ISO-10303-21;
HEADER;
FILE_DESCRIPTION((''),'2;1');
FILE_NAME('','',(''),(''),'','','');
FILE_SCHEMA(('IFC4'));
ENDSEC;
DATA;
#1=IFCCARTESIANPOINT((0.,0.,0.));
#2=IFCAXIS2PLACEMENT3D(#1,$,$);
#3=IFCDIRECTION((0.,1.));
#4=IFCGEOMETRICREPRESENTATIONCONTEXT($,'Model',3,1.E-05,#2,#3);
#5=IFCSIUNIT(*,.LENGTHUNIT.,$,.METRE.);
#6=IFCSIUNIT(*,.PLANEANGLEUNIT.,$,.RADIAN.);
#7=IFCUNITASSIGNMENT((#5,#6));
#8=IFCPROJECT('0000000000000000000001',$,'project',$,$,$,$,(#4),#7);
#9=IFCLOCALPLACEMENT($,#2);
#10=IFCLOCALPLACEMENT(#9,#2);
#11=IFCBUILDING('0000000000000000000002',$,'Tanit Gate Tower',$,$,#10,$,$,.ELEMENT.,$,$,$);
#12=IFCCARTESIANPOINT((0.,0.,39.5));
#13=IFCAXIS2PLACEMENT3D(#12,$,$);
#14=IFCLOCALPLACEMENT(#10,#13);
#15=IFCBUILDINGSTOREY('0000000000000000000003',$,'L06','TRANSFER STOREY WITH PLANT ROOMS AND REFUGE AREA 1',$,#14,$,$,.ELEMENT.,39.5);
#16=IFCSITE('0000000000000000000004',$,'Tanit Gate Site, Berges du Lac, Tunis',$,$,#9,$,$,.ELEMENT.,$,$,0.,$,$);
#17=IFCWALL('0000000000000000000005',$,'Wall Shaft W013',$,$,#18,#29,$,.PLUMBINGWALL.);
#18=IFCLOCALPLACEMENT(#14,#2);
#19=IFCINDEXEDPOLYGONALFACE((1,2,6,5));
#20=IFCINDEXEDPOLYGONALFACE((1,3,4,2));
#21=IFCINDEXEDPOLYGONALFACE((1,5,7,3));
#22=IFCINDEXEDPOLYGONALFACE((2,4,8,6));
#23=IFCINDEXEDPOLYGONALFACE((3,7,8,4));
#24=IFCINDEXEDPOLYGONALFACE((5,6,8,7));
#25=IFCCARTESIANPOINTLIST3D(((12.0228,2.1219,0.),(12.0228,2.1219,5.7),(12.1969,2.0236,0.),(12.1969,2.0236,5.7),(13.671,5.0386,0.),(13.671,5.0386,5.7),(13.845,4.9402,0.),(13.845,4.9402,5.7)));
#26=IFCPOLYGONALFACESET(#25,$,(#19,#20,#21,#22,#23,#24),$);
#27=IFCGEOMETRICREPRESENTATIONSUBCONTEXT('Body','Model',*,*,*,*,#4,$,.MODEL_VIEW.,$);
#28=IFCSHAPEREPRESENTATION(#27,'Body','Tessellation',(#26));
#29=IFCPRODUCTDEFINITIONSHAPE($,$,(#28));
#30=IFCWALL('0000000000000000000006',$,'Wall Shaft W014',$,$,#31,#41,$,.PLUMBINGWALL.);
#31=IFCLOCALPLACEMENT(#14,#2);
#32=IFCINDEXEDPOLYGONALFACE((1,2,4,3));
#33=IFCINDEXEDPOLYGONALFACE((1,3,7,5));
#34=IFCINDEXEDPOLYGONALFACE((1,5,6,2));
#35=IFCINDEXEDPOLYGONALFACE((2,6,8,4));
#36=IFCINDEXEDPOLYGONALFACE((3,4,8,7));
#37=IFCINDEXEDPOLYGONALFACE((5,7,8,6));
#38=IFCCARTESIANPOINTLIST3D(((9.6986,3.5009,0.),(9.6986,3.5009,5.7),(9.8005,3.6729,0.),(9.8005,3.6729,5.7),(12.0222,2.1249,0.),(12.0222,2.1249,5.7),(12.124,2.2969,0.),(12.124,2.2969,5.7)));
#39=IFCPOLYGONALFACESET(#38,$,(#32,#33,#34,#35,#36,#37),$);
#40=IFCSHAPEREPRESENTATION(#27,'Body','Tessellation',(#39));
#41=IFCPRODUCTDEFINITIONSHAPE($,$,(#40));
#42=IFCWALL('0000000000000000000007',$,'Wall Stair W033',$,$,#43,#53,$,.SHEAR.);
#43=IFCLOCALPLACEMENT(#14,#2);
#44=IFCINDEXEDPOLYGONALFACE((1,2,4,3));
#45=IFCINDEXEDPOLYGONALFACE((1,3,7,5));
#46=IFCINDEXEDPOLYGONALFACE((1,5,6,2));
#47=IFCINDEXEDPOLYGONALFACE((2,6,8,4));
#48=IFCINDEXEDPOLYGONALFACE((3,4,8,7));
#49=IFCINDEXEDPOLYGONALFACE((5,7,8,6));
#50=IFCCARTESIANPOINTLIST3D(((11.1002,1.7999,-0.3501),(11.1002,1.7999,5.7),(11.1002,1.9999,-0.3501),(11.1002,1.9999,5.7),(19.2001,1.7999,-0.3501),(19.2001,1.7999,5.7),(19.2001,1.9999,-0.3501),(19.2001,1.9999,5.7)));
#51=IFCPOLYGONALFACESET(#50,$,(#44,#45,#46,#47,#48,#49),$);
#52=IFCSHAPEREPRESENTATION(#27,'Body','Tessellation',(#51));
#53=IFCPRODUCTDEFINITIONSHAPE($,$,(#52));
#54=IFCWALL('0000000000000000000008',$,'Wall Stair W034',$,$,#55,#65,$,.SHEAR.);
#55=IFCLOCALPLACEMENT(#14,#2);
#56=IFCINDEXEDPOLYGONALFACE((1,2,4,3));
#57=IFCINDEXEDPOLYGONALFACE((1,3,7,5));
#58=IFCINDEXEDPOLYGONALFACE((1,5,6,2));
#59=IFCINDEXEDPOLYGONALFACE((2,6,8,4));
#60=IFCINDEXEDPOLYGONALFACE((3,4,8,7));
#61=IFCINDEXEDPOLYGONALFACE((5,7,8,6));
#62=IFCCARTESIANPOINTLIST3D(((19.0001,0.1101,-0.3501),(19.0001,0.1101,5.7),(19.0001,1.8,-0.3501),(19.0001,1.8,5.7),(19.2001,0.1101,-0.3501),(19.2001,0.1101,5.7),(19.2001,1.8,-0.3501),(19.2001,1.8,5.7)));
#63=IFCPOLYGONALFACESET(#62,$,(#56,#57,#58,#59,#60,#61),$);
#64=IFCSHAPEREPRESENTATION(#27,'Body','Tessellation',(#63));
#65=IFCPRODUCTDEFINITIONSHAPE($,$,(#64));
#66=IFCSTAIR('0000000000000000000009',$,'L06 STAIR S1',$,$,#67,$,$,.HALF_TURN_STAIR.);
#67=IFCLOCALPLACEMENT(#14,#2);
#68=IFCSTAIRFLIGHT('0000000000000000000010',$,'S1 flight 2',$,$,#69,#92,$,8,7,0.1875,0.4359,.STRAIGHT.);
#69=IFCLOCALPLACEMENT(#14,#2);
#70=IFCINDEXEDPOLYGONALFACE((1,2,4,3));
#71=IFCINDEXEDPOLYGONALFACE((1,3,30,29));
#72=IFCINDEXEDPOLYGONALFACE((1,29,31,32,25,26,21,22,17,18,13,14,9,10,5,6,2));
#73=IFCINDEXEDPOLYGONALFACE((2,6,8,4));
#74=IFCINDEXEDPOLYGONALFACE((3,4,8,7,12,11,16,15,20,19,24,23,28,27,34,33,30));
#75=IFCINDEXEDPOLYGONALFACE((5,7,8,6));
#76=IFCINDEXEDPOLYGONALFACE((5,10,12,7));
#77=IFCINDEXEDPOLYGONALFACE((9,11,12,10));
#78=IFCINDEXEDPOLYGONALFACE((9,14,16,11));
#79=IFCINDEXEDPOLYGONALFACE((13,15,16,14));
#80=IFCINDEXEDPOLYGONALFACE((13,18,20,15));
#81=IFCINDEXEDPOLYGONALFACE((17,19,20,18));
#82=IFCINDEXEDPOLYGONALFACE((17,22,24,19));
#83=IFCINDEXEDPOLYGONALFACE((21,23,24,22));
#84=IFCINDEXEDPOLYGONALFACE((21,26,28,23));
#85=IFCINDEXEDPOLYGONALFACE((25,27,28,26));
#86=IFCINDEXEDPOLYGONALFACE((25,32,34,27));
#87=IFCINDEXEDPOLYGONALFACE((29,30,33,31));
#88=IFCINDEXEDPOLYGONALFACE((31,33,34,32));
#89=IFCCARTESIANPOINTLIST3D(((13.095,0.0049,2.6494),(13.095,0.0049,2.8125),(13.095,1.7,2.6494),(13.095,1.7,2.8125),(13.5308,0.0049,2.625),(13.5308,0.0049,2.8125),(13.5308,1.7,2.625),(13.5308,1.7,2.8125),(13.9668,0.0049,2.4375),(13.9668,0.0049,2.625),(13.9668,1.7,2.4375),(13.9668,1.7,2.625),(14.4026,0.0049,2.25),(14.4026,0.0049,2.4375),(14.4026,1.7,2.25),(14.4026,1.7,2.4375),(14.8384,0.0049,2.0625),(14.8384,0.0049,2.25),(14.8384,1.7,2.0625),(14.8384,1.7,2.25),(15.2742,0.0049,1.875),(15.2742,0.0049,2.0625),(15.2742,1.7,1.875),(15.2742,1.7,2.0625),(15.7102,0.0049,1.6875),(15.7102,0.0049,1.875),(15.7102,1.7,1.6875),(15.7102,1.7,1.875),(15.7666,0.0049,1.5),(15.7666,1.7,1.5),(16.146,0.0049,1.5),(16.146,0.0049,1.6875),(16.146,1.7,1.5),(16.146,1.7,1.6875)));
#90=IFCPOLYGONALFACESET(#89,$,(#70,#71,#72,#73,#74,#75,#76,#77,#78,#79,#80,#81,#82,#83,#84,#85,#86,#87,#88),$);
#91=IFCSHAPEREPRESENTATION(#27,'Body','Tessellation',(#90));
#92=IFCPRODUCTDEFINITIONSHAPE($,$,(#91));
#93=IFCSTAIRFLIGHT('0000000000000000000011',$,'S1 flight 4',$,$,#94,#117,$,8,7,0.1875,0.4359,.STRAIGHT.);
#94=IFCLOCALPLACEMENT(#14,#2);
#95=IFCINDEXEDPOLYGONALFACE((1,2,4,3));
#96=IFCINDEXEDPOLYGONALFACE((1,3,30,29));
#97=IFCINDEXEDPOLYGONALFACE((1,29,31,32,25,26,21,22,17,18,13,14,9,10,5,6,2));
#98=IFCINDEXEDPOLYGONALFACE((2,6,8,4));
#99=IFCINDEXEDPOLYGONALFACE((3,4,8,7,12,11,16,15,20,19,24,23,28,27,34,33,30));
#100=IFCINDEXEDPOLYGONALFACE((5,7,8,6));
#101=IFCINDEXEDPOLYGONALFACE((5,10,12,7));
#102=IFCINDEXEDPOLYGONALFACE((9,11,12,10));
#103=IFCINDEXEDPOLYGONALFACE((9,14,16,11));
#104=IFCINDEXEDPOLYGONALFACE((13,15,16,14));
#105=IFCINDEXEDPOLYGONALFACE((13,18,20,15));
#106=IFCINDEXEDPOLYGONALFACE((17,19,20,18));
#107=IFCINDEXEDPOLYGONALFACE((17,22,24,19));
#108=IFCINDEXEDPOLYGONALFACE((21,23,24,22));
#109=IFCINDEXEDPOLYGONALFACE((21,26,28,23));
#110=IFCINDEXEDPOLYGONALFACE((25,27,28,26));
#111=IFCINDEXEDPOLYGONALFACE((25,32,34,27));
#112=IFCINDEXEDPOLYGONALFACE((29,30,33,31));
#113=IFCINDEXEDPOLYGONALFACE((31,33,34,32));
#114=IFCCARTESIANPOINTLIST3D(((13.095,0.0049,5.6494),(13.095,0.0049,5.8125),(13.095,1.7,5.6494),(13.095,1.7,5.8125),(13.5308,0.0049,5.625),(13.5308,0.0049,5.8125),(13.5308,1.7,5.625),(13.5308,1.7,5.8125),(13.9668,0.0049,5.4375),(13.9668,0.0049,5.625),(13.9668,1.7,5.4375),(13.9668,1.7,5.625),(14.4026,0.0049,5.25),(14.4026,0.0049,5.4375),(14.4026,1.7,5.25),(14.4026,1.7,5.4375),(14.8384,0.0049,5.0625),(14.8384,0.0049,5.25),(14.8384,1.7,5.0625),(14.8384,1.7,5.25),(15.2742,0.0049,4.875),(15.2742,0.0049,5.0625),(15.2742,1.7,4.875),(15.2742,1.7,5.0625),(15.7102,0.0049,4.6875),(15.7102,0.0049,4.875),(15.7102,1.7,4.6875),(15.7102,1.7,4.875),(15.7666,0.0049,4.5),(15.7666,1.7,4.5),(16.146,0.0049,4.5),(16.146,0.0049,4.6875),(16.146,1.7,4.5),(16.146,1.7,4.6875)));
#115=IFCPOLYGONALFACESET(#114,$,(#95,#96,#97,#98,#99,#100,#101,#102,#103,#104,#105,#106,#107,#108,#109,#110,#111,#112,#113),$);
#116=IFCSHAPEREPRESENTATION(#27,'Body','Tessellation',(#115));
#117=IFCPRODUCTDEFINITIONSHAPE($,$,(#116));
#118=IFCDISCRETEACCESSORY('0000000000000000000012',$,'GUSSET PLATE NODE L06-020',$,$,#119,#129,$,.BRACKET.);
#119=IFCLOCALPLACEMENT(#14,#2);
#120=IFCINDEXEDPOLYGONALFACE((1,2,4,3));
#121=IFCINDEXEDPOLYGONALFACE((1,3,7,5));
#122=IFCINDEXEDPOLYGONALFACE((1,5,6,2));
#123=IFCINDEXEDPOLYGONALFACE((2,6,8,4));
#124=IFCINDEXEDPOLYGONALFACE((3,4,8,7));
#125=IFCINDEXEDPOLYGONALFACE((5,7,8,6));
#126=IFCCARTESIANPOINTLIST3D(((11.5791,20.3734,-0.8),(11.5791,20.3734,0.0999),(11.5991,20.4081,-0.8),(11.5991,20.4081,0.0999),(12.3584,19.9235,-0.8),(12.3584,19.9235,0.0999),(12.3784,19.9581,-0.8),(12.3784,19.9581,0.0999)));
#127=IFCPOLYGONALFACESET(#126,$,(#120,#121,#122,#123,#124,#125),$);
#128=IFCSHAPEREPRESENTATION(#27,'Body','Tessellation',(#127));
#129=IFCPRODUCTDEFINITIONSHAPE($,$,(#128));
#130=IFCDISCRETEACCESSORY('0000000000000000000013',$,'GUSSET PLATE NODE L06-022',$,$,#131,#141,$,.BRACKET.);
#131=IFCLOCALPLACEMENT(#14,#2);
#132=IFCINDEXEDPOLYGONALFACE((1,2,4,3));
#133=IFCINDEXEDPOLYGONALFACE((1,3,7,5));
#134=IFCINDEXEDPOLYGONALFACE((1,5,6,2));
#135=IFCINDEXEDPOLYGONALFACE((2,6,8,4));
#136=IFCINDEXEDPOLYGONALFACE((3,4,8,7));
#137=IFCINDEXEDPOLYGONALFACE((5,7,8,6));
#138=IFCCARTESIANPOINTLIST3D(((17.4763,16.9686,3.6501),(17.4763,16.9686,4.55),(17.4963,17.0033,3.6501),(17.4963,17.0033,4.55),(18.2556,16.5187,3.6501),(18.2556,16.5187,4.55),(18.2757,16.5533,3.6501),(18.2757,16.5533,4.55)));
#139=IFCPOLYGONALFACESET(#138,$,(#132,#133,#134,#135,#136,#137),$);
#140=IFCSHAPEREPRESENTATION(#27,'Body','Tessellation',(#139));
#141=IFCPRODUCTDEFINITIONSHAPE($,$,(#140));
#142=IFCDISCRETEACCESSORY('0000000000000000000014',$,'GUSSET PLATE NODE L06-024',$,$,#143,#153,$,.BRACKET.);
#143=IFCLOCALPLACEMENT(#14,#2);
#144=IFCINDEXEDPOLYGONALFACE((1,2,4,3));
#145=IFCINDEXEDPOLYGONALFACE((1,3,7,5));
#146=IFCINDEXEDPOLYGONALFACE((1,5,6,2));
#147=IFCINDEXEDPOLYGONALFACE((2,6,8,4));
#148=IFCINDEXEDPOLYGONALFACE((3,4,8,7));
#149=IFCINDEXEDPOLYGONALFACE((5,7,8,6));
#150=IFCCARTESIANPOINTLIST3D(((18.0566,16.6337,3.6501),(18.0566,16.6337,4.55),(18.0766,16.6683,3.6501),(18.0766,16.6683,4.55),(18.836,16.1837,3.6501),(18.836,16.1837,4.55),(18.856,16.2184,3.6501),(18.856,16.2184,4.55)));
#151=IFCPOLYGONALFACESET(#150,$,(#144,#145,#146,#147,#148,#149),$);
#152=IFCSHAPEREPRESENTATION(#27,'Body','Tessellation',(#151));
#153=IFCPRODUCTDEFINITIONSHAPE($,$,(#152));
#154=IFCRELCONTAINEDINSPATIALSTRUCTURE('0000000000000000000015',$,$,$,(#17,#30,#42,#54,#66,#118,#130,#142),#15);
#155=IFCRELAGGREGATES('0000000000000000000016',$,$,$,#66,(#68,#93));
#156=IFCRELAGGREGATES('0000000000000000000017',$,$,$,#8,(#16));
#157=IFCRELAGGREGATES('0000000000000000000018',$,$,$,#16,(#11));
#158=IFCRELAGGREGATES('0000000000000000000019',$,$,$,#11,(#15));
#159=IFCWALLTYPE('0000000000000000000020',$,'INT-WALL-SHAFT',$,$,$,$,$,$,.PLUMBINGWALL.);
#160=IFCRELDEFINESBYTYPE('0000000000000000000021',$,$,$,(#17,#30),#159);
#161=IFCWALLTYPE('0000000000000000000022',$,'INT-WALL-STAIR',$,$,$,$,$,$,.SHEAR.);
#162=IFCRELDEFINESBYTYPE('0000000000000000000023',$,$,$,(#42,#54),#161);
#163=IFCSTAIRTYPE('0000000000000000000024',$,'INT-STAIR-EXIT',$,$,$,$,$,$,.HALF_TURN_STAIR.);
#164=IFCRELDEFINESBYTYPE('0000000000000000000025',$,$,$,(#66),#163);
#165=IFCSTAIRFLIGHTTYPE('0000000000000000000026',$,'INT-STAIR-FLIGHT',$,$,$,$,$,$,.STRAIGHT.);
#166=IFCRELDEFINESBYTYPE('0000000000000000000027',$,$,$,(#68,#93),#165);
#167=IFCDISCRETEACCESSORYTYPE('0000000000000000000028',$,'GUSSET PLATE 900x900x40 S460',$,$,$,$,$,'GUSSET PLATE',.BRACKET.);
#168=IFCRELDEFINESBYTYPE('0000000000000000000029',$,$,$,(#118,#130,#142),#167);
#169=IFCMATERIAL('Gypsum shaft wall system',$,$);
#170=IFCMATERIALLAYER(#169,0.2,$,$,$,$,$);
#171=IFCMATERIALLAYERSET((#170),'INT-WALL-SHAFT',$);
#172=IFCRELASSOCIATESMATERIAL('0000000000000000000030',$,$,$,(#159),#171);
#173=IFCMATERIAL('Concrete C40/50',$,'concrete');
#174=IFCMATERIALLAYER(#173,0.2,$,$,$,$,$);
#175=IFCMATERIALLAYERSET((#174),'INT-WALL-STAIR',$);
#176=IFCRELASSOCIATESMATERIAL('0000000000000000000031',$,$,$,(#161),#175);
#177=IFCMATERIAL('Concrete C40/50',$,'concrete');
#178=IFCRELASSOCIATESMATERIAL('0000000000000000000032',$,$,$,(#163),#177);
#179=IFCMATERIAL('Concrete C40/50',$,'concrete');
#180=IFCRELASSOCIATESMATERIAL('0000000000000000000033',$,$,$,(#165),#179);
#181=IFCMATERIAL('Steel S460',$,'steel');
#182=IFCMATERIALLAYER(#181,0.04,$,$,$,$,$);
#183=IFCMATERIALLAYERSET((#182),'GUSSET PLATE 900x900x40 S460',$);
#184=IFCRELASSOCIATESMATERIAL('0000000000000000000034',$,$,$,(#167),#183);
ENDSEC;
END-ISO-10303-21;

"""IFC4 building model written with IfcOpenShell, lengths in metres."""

from ifc_helpers import new_model, si_unit, direction, frame, frame_2d, origin, origin_2d, place, context, subcontext, project, spatial, polyline, rectangle, outline, extrude, material, layer, layer_set, type_object, element, aggregate, save


model = new_model("IFC4")

# Units and contexts
model_context = context("Model", 3, precision=1e-05, world=origin(), true_north=direction((0.0, 1.0)))
body_context = subcontext(model_context, "Body", "Model", "MODEL_VIEW")
ifc_project = project(units=[si_unit("LENGTHUNIT", "METRE"), si_unit("PLANEANGLEUNIT", "RADIAN")], contexts=[model_context])

# Site, building, storey
site_placement = place(None, origin())
site = spatial("IfcSite", under=ifc_project, at=site_placement, Name="Tanit Gate Site, Berges du Lac, Tunis", CompositionType="ELEMENT", RefElevation=0.0)
building_placement = place(site_placement, origin())
building = spatial("IfcBuilding", under=site, at=building_placement, Name="Tanit Gate Tower", CompositionType="ELEMENT")
storey_placement = place(building_placement, frame((0.0, 0.0, 39.5)))
storey = spatial("IfcBuildingStorey", under=building, at=storey_placement, Name="L06", Description="TRANSFER STOREY WITH PLANT ROOMS AND REFUGE AREA 1", CompositionType="ELEMENT", Elevation=39.5)

# Walls
ifc_material_1 = material(Name="Gypsum shaft wall system")
ifc_layer_1 = layer(ifc_material_1, 0.2)
ifc_layer_set_1 = layer_set([ifc_layer_1], Name="INT-WALL-SHAFT")
wall_type_1 = type_object("IfcWallType", Name="INT-WALL-SHAFT", PredefinedType="PLUMBINGWALL", material=ifc_layer_set_1)
wall_1_placement = place(storey_placement, frame((12.1099, 2.0728, 0.0), z_axis=(0.0, 0.0, 1.0), x_axis=(0.491966, 0.870614, 0.0)))
element("IfcWall", 1, at=wall_1_placement, inside=storey, type_object=wall_type_1, Name="Wall Shaft W013", PredefinedType="PLUMBINGWALL", context=body_context, shape_type="SweptSolid", body=[
    extrude(rectangle(XDim=3.3501, YDim=0.2, at=frame_2d((1.675, 0.0))), origin(), (0.0, 0.0, 1.0), 5.7),
])
wall_2_placement = place(storey_placement, frame((12.073, 2.2109, 0.0), z_axis=(0.0, 0.0, 1.0), x_axis=(-0.860438, 0.509555, 0.0)))
element("IfcWall", 2, at=wall_2_placement, inside=storey, type_object=wall_type_1, Name="Wall Shaft W014", PredefinedType="PLUMBINGWALL", context=body_context, shape_type="SweptSolid", body=[
    extrude(rectangle(XDim=2.7004, YDim=0.2, at=frame_2d((1.3501, 0.0))), origin(), (0.0, 0.0, 1.0), 5.7),
])
ifc_material_2 = material(Name="Concrete C40/50", Category="concrete")
ifc_layer_2 = layer(ifc_material_2, 0.2)
ifc_layer_set_2 = layer_set([ifc_layer_2], Name="INT-WALL-STAIR")
wall_type_2 = type_object("IfcWallType", Name="INT-WALL-STAIR", PredefinedType="SHEAR", material=ifc_layer_set_2)
wall_3_placement = place(storey_placement, frame((19.2, 1.8999, -0.3501), z_axis=(0.0, 0.0, 1.0), x_axis=(-1.0, 0.0, 0.0)))
element("IfcWall", 3, at=wall_3_placement, inside=storey, type_object=wall_type_2, Name="Wall Stair W033", PredefinedType="SHEAR", context=body_context, shape_type="SweptSolid", body=[
    extrude(rectangle(XDim=8.0999, YDim=0.2, at=frame_2d((4.0498, 0.0))), origin(), (0.0, 0.0, 1.0), 6.05),
])
wall_4_placement = place(storey_placement, frame((19.1001, 0.1101, -0.3501), z_axis=(0.0, 0.0, 1.0), x_axis=(0.0, 1.0, 0.0)))
element("IfcWall", 4, at=wall_4_placement, inside=storey, type_object=wall_type_2, Name="Wall Stair W034", PredefinedType="SHEAR", context=body_context, shape_type="SweptSolid", body=[
    extrude(rectangle(XDim=1.6899, YDim=0.2, at=frame_2d((0.845, 0.0))), origin(), (0.0, 0.0, 1.0), 6.05),
])

# Stair, stair flights
ifc_material_3 = material(Name="Concrete C40/50", Category="concrete")
stair_type = type_object("IfcStairType", Name="INT-STAIR-EXIT", PredefinedType="HALF_TURN_STAIR", material=ifc_material_3)
stair_placement = place(storey_placement, origin())
stair = element("IfcStair", 5, at=stair_placement, inside=storey, type_object=stair_type, Name="L06 STAIR S1", PredefinedType="HALF_TURN_STAIR")
ifc_material_4 = material(Name="Concrete C40/50", Category="concrete")
stair_flight_type = type_object("IfcStairFlightType", Name="INT-STAIR-FLIGHT", PredefinedType="STRAIGHT", material=ifc_material_4)
stair_flight_1_placement = place(storey_placement, frame((16.146, 0.8525, 1.5), z_axis=(0.0, 0.0, 1.0), x_axis=(-1.0, 0.0, 0.0)))
stair_flight_1 = element("IfcStairFlight", 6, at=stair_flight_1_placement, type_object=stair_flight_type, Name="S1 flight 2", NumberOfRisers=8, NumberOfTreads=7, PredefinedType="STRAIGHT", RiserHeight=0.1875, TreadLength=0.4359, context=body_context, shape_type="SweptSolid", body=[
    extrude(outline(polyline([(0.0, 0.0), (0.0, 0.1875), (0.4358, 0.1875), (0.4358, 0.375), (0.8718, 0.375), (0.8718, 0.5625), (1.3076, 0.5625), (1.3076, 0.75), (1.7434, 0.75), (1.7434, 0.9375), (2.1792, 0.9375), (2.1792, 1.125), (2.6152, 1.125), (2.6152, 1.3125), (3.051, 1.3125), (3.051, 1.5), (3.051, 1.1494), (0.3794, 0.0), (0.0, 0.0)])), frame((0.0, 0.8477, 0.0), z_axis=(0.0, -1.0, 0.0), x_axis=(1.0, 0.0, 0.0)), (0.0, 0.0, 1.0), 1.6951),
])
stair_flight_2_placement = place(storey_placement, frame((16.146, 0.8525, 4.5), z_axis=(0.0, 0.0, 1.0), x_axis=(-1.0, 0.0, 0.0)))
stair_flight_2 = element("IfcStairFlight", 7, at=stair_flight_2_placement, type_object=stair_flight_type, Name="S1 flight 4", NumberOfRisers=8, NumberOfTreads=7, PredefinedType="STRAIGHT", RiserHeight=0.1875, TreadLength=0.4359, context=body_context, shape_type="SweptSolid", body=[
    extrude(outline(polyline([(0.0, 0.0), (0.0, 0.1875), (0.4358, 0.1875), (0.4358, 0.375), (0.8718, 0.375), (0.8718, 0.5625), (1.3076, 0.5625), (1.3076, 0.75), (1.7434, 0.75), (1.7434, 0.9375), (2.1792, 0.9375), (2.1792, 1.125), (2.6152, 1.125), (2.6152, 1.3125), (3.051, 1.3125), (3.051, 1.5), (3.051, 1.1494), (0.3794, 0.0), (0.0, 0.0)])), frame((0.0, 0.8477, 0.0), z_axis=(0.0, -1.0, 0.0), x_axis=(1.0, 0.0, 0.0)), (0.0, 0.0, 1.0), 1.6951),
])
aggregate(stair, [stair_flight_1, stair_flight_2])

# Discrete accessories
ifc_material_5 = material(Name="Steel S460", Category="steel")
ifc_layer_3 = layer(ifc_material_5, 0.04)
ifc_layer_set_3 = layer_set([ifc_layer_3], Name="GUSSET PLATE 900x900x40 S460")
discrete_accessory_type = type_object("IfcDiscreteAccessoryType", Name="GUSSET PLATE 900x900x40 S460", ElementType="GUSSET PLATE", PredefinedType="BRACKET", material=ifc_layer_set_3)
for number, where, z_axis, x_axis, name in (
    (8, (11.9788, 20.1658, -0.8), (0.0, 0.0, 1.0), (0.866025, -0.5, 0.0), "GUSSET PLATE NODE L06-020"),
    (9, (17.876, 16.761, 3.6501), (0.0, 0.0, 1.0), (-0.866025, 0.5, 0.0), "GUSSET PLATE NODE L06-022"),
    (10, (18.4563, 16.426, 3.6501), (0.0, 0.0, 1.0), (0.866025, -0.5, 0.0), "GUSSET PLATE NODE L06-024"),
):
    element("IfcDiscreteAccessory", number, at=place(storey_placement, frame(where, z_axis=z_axis, x_axis=x_axis)), inside=storey, type_object=discrete_accessory_type, Name=name, PredefinedType="BRACKET", context=body_context, shape_type="SweptSolid", body=[
        extrude(rectangle(XDim=0.8999, YDim=0.04, at=origin_2d()), origin(), (0.0, 0.0, 1.0), 0.8999),
    ])

save(model, "model.ifc")
